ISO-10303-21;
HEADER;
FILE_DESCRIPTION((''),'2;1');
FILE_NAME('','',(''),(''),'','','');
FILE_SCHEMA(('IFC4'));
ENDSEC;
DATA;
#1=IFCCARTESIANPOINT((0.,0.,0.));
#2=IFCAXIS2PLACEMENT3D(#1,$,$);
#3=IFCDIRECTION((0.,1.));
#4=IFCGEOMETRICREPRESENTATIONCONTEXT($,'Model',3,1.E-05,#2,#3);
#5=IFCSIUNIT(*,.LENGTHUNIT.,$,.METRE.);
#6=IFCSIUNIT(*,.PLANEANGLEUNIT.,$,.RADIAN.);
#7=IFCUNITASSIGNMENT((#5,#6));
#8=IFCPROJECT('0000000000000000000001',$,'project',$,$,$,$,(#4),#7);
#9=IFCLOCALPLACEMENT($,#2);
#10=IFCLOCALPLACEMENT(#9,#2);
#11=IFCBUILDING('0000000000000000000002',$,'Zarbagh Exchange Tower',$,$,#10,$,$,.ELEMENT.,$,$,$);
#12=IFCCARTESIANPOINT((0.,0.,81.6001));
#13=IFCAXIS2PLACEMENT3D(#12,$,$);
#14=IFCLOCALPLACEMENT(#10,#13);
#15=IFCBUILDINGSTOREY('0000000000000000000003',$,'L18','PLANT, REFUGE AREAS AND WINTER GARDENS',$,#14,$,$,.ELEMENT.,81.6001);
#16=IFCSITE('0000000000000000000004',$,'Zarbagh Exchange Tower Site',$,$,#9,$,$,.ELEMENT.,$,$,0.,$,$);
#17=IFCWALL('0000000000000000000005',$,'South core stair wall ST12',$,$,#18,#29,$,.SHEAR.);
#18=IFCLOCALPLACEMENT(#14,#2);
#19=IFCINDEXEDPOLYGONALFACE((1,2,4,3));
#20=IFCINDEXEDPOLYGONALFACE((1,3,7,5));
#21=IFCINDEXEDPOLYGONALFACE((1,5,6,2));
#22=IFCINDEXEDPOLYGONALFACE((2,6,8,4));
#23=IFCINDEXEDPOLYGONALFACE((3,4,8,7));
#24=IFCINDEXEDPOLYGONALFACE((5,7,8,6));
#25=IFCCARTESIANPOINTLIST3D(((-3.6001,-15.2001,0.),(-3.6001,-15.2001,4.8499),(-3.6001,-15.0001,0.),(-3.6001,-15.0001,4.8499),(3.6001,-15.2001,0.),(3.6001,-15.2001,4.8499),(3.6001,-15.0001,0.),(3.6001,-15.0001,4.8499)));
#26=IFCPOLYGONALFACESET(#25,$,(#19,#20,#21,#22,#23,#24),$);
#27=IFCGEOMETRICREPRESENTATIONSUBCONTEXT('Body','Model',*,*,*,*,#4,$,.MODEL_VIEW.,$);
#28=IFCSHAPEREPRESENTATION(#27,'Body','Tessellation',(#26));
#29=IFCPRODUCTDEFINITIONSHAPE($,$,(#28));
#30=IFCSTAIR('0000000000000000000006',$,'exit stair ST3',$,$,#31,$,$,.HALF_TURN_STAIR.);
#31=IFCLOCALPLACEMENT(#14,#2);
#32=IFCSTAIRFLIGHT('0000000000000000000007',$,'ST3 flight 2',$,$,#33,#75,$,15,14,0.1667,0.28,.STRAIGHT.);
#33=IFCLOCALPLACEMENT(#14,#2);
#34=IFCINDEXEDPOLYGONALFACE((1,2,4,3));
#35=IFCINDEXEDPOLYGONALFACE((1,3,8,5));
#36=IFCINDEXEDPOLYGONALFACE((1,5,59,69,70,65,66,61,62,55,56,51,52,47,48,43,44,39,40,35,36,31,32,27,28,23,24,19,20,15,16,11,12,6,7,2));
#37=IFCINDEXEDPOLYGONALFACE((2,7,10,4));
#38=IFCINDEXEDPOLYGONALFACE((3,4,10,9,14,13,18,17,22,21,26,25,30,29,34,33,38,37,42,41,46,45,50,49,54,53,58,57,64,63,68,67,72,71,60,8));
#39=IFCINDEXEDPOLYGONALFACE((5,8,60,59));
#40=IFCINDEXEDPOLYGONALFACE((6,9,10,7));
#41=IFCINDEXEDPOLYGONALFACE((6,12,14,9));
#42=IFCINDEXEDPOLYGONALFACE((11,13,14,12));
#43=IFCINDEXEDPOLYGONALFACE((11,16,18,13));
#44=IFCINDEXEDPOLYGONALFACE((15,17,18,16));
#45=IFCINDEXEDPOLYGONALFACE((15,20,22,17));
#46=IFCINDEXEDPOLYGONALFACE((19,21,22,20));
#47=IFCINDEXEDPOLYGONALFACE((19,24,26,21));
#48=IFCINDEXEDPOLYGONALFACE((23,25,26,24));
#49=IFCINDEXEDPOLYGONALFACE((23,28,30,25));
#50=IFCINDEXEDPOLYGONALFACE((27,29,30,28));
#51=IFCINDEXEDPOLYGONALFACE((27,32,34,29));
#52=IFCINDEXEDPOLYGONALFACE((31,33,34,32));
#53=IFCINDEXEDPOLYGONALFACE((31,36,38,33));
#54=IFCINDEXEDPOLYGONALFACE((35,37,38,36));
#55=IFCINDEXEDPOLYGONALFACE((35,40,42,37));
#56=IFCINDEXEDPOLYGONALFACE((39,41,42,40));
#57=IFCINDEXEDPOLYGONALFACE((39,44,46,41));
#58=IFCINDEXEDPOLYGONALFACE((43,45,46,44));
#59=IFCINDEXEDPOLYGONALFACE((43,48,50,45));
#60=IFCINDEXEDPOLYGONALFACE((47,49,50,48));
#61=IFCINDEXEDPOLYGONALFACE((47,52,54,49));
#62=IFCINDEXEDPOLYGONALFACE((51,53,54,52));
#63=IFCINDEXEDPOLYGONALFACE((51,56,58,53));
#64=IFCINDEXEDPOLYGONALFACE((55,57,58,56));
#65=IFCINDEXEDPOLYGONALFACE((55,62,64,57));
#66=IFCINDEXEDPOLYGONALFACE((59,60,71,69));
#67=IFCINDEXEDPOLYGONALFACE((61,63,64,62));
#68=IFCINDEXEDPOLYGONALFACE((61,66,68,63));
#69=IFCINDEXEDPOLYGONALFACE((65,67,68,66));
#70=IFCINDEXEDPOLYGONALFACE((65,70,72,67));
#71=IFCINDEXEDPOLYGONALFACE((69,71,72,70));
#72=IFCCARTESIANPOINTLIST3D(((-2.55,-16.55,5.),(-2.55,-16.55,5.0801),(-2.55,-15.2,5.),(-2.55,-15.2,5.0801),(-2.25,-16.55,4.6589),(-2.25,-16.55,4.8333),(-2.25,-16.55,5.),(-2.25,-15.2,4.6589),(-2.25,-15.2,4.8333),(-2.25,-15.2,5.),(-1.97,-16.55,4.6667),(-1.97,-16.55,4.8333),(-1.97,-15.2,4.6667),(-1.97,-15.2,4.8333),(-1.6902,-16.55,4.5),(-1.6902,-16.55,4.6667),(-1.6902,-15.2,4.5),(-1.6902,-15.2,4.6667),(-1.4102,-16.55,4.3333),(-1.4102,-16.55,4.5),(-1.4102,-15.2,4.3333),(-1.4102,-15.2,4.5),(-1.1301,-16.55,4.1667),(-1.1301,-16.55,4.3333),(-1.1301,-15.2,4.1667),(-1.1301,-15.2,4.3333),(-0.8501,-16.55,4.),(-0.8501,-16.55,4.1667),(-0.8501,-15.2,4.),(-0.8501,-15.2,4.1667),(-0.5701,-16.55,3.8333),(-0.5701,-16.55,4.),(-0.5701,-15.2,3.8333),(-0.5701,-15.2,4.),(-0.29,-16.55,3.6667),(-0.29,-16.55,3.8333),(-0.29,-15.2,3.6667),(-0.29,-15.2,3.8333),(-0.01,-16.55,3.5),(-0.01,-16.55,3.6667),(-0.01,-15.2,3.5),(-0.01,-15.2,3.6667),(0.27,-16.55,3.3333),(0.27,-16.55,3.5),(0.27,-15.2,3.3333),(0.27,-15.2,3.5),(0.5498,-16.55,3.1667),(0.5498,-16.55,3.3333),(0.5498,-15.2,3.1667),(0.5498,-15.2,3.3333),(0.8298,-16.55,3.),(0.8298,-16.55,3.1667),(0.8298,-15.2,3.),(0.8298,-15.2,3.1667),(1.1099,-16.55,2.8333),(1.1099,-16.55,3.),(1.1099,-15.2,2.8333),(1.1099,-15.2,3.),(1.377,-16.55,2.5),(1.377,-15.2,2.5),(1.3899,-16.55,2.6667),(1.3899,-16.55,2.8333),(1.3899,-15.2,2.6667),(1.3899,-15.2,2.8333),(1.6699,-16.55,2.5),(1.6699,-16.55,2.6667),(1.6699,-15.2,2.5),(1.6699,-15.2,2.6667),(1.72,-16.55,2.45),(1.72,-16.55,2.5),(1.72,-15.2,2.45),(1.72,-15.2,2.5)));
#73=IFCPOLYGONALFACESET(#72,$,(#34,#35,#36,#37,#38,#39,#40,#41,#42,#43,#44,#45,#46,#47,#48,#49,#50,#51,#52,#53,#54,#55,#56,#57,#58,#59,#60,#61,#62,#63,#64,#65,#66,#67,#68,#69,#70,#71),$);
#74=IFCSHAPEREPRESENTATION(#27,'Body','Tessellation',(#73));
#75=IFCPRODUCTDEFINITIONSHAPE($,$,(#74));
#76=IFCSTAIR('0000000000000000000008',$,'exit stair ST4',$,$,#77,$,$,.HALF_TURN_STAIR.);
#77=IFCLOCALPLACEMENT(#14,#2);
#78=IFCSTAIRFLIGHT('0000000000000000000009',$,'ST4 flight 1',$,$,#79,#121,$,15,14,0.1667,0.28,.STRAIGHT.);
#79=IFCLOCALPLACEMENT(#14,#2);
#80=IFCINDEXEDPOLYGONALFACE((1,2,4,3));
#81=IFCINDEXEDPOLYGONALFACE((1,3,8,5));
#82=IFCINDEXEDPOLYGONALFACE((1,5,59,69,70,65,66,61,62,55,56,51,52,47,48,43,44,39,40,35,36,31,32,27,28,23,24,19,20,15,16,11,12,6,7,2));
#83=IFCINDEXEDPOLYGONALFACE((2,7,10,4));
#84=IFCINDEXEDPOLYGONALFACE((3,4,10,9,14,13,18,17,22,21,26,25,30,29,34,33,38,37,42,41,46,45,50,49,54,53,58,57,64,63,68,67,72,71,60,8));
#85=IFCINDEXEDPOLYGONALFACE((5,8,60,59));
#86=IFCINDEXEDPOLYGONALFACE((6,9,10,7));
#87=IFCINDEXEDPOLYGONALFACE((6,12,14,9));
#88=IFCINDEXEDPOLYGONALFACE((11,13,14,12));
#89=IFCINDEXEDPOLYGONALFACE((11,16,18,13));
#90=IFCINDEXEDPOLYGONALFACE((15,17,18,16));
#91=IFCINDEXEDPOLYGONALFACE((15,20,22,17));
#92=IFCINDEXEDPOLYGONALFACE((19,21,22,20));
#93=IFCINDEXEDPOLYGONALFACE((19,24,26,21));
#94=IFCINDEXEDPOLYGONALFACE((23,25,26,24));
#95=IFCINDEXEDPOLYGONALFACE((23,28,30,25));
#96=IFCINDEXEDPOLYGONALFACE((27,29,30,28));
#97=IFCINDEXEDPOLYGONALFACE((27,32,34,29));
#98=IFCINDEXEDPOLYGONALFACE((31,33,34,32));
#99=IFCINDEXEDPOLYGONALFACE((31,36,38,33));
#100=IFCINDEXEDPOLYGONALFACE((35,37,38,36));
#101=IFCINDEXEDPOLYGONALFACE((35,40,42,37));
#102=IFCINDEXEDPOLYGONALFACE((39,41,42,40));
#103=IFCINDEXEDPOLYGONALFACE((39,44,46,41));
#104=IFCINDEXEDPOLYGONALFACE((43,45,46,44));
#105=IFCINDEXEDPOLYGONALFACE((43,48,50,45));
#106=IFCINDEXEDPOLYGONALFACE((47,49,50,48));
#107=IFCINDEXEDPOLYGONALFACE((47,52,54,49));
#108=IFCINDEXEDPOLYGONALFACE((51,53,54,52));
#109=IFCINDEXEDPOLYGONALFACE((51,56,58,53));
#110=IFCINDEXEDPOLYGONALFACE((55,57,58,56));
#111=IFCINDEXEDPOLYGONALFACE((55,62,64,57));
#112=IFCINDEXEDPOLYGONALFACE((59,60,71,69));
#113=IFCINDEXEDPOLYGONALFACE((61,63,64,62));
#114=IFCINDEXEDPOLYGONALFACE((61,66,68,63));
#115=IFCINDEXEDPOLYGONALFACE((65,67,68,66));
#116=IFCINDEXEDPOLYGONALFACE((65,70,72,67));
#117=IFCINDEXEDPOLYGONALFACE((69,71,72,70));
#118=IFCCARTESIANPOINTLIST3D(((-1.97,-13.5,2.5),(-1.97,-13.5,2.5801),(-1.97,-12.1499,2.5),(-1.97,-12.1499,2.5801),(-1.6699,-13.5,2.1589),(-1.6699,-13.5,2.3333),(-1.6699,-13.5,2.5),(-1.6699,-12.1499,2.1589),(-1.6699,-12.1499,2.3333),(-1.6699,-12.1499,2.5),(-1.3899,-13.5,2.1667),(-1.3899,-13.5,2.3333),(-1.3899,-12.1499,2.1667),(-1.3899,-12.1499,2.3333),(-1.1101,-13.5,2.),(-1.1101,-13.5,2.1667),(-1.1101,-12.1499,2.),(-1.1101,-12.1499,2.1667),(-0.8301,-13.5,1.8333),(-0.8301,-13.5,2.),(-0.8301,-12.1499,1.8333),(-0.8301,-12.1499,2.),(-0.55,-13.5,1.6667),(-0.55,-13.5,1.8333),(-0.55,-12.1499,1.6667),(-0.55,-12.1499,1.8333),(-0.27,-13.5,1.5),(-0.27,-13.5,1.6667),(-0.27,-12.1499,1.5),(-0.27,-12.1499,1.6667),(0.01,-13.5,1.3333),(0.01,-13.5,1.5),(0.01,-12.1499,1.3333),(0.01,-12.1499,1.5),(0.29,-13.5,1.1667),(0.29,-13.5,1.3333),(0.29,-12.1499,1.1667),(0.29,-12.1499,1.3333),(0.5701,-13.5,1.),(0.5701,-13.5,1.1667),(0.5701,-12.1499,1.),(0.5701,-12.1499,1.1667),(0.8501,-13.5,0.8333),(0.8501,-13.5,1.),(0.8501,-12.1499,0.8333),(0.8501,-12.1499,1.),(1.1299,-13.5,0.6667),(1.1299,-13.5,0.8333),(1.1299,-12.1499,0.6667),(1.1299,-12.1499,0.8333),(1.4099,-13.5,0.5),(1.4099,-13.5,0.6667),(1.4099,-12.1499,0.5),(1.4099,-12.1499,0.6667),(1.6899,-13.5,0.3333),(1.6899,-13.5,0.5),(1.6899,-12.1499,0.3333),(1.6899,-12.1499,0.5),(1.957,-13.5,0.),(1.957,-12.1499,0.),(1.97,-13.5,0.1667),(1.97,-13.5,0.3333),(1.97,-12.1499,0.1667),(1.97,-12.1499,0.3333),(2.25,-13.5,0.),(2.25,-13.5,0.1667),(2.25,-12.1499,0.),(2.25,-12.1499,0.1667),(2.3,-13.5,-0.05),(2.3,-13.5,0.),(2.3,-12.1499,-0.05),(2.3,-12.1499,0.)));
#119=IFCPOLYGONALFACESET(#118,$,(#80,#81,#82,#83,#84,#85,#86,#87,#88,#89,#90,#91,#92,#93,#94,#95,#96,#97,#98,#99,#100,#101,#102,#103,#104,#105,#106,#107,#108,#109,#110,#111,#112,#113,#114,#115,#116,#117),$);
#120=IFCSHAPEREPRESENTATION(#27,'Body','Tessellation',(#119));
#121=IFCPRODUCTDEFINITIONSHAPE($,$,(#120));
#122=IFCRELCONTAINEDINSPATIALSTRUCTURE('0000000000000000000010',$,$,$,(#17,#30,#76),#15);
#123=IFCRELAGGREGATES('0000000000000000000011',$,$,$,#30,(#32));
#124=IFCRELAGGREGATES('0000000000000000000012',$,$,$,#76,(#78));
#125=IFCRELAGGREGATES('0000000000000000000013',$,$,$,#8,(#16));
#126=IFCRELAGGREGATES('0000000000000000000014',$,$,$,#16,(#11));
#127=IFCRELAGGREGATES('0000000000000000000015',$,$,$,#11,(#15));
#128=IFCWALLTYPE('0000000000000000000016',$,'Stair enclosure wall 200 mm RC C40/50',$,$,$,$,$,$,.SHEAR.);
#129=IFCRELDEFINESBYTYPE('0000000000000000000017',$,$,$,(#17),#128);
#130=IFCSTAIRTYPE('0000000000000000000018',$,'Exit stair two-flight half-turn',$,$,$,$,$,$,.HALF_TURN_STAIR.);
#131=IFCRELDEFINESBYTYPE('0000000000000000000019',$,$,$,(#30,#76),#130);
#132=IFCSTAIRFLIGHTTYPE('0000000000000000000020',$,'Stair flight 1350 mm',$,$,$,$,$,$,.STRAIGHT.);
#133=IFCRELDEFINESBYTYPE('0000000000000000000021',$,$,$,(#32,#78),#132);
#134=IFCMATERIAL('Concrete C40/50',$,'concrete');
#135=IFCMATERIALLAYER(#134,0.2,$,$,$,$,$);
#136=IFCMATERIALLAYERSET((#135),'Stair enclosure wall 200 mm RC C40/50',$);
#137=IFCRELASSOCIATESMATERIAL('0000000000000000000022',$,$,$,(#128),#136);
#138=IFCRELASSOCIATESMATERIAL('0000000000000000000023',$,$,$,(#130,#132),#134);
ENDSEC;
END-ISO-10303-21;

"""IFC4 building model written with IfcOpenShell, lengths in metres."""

from ifc_helpers import new_model, si_unit, direction, frame, frame_2d, origin, place, context, subcontext, project, spatial, polyline, rectangle, outline, extrude, material, layer, layer_set, type_object, element, aggregate, save


model = new_model("IFC4")

# Units and contexts
model_context = context("Model", 3, precision=1e-05, world=origin(), true_north=direction((0.0, 1.0)))
body_context = subcontext(model_context, "Body", "Model", "MODEL_VIEW")
ifc_project = project(units=[si_unit("LENGTHUNIT", "METRE"), si_unit("PLANEANGLEUNIT", "RADIAN")], contexts=[model_context])

# Site, building, storey
site_placement = place(None, origin())
site = spatial("IfcSite", under=ifc_project, at=site_placement, Name="Zarbagh Exchange Tower Site", CompositionType="ELEMENT", RefElevation=0.0)
building_placement = place(site_placement, origin())
building = spatial("IfcBuilding", under=site, at=building_placement, Name="Zarbagh Exchange Tower", CompositionType="ELEMENT")
storey_placement = place(building_placement, frame((0.0, 0.0, 81.6001)))
storey = spatial("IfcBuildingStorey", under=building, at=storey_placement, Name="L18", Description="PLANT, REFUGE AREAS AND WINTER GARDENS", CompositionType="ELEMENT", Elevation=81.6001)

# Wall
ifc_material_1 = material(Name="Concrete C40/50", Category="concrete")
ifc_layer_1 = layer(ifc_material_1, 0.2)
ifc_layer_set_1 = layer_set([ifc_layer_1], Name="Stair enclosure wall 200 mm RC C40/50")
wall_type_1 = type_object("IfcWallType", Name="Stair enclosure wall 200 mm RC C40/50", PredefinedType="SHEAR", material=ifc_layer_set_1)
for number, where, z_axis, x_axis, name in (
    (1, (3.6001, -15.1001, 0.0), (0.0, 0.0, 1.0), (-1.0, 0.0, 0.0), "South core stair wall ST12"),
):
    element("IfcWall", number, at=place(storey_placement, frame(where, z_axis=z_axis, x_axis=x_axis)), inside=storey, type_object=wall_type_1, Name=name, PredefinedType="SHEAR", context=body_context, shape_type="SweptSolid", body=[
        extrude(rectangle(XDim=7.2002, YDim=0.2, at=frame_2d((3.6001, 0.0))), origin(), (0.0, 0.0, 1.0), 4.8499),
    ])

# Stairs, stair flights
stair_type = type_object("IfcStairType", Name="Exit stair two-flight half-turn", PredefinedType="HALF_TURN_STAIR", material=ifc_material_1)
stair_1_placement = place(storey_placement, origin())
stair_1 = element("IfcStair", 2, at=stair_1_placement, inside=storey, type_object=stair_type, Name="exit stair ST3", PredefinedType="HALF_TURN_STAIR")
stair_flight_type = type_object("IfcStairFlightType", Name="Stair flight 1350 mm", PredefinedType="STRAIGHT", material=ifc_material_1)
stair_flight_1_placement = place(storey_placement, frame((1.6699, -15.875, 2.5), z_axis=(0.0, 0.0, 1.0), x_axis=(-1.0, 0.0, 0.0)))
stair_flight_1 = element("IfcStairFlight", 3, at=stair_flight_1_placement, type_object=stair_flight_type, Name="ST3 flight 2", NumberOfRisers=15, NumberOfTreads=14, PredefinedType="STRAIGHT", RiserHeight=0.1667, TreadLength=0.28, context=body_context, shape_type="SweptSolid", body=[
    extrude(outline(polyline([(-0.05, -0.05), (-0.05, 0.0), (0.0, 0.0), (0.0, 0.1667), (0.28, 0.1667), (0.28, 0.3333), (0.5601, 0.3333), (0.5601, 0.5), (0.8401, 0.5), (0.8401, 0.6667), (1.1201, 0.6667), (1.1201, 0.8333), (1.3999, 0.8333), (1.3999, 1.0), (1.6799, 1.0), (1.6799, 1.1667), (1.96, 1.1667), (1.96, 1.3333), (2.24, 1.3333), (2.24, 1.5), (2.52, 1.5), (2.52, 1.6667), (2.8, 1.6667), (2.8, 1.8333), (3.0801, 1.8333), (3.0801, 2.0), (3.3601, 2.0), (3.3601, 2.1667), (3.6399, 2.1667), (3.6399, 2.3333), (3.9199, 2.3333), (3.9199, 2.5), (4.22, 2.5801), (4.22, 2.5), (3.9199, 2.1589), (0.293, 0.0), (-0.05, -0.05)])), frame((0.0, 0.675, 0.0), z_axis=(0.0, -1.0, 0.0), x_axis=(1.0, 0.0, 0.0)), (0.0, 0.0, 1.0), 1.3501),
])
aggregate(stair_1, [stair_flight_1])
stair_2_placement = place(storey_placement, origin())
stair_2 = element("IfcStair", 4, at=stair_2_placement, inside=storey, type_object=stair_type, Name="exit stair ST4", PredefinedType="HALF_TURN_STAIR")
stair_flight_2_placement = place(storey_placement, frame((2.25, -12.825, 0.0), z_axis=(0.0, 0.0, 1.0), x_axis=(-1.0, 0.0, 0.0)))
stair_flight_2 = element("IfcStairFlight", 5, at=stair_flight_2_placement, type_object=stair_flight_type, Name="ST4 flight 1", NumberOfRisers=15, NumberOfTreads=14, PredefinedType="STRAIGHT", RiserHeight=0.1667, TreadLength=0.28, context=body_context, shape_type="SweptSolid", body=[
    extrude(outline(polyline([(-0.05, -0.05), (-0.05, 0.0), (0.0, 0.0), (0.0, 0.1667), (0.28, 0.1667), (0.28, 0.3333), (0.5601, 0.3333), (0.5601, 0.5), (0.8401, 0.5), (0.8401, 0.6667), (1.1201, 0.6667), (1.1201, 0.8333), (1.3999, 0.8333), (1.3999, 1.0), (1.6799, 1.0), (1.6799, 1.1667), (1.96, 1.1667), (1.96, 1.3333), (2.24, 1.3333), (2.24, 1.5), (2.52, 1.5), (2.52, 1.6667), (2.8, 1.6667), (2.8, 1.8333), (3.0801, 1.8333), (3.0801, 2.0), (3.3601, 2.0), (3.3601, 2.1667), (3.6399, 2.1667), (3.6399, 2.3333), (3.9199, 2.3333), (3.9199, 2.5), (4.22, 2.5801), (4.22, 2.5), (3.9199, 2.1589), (0.293, 0.0), (-0.05, -0.05)])), frame((0.0, 0.675, 0.0), z_axis=(0.0, -1.0, 0.0), x_axis=(1.0, 0.0, 0.0)), (0.0, 0.0, 1.0), 1.3501),
])
aggregate(stair_2, [stair_flight_2])

save(model, "model.ifc")
